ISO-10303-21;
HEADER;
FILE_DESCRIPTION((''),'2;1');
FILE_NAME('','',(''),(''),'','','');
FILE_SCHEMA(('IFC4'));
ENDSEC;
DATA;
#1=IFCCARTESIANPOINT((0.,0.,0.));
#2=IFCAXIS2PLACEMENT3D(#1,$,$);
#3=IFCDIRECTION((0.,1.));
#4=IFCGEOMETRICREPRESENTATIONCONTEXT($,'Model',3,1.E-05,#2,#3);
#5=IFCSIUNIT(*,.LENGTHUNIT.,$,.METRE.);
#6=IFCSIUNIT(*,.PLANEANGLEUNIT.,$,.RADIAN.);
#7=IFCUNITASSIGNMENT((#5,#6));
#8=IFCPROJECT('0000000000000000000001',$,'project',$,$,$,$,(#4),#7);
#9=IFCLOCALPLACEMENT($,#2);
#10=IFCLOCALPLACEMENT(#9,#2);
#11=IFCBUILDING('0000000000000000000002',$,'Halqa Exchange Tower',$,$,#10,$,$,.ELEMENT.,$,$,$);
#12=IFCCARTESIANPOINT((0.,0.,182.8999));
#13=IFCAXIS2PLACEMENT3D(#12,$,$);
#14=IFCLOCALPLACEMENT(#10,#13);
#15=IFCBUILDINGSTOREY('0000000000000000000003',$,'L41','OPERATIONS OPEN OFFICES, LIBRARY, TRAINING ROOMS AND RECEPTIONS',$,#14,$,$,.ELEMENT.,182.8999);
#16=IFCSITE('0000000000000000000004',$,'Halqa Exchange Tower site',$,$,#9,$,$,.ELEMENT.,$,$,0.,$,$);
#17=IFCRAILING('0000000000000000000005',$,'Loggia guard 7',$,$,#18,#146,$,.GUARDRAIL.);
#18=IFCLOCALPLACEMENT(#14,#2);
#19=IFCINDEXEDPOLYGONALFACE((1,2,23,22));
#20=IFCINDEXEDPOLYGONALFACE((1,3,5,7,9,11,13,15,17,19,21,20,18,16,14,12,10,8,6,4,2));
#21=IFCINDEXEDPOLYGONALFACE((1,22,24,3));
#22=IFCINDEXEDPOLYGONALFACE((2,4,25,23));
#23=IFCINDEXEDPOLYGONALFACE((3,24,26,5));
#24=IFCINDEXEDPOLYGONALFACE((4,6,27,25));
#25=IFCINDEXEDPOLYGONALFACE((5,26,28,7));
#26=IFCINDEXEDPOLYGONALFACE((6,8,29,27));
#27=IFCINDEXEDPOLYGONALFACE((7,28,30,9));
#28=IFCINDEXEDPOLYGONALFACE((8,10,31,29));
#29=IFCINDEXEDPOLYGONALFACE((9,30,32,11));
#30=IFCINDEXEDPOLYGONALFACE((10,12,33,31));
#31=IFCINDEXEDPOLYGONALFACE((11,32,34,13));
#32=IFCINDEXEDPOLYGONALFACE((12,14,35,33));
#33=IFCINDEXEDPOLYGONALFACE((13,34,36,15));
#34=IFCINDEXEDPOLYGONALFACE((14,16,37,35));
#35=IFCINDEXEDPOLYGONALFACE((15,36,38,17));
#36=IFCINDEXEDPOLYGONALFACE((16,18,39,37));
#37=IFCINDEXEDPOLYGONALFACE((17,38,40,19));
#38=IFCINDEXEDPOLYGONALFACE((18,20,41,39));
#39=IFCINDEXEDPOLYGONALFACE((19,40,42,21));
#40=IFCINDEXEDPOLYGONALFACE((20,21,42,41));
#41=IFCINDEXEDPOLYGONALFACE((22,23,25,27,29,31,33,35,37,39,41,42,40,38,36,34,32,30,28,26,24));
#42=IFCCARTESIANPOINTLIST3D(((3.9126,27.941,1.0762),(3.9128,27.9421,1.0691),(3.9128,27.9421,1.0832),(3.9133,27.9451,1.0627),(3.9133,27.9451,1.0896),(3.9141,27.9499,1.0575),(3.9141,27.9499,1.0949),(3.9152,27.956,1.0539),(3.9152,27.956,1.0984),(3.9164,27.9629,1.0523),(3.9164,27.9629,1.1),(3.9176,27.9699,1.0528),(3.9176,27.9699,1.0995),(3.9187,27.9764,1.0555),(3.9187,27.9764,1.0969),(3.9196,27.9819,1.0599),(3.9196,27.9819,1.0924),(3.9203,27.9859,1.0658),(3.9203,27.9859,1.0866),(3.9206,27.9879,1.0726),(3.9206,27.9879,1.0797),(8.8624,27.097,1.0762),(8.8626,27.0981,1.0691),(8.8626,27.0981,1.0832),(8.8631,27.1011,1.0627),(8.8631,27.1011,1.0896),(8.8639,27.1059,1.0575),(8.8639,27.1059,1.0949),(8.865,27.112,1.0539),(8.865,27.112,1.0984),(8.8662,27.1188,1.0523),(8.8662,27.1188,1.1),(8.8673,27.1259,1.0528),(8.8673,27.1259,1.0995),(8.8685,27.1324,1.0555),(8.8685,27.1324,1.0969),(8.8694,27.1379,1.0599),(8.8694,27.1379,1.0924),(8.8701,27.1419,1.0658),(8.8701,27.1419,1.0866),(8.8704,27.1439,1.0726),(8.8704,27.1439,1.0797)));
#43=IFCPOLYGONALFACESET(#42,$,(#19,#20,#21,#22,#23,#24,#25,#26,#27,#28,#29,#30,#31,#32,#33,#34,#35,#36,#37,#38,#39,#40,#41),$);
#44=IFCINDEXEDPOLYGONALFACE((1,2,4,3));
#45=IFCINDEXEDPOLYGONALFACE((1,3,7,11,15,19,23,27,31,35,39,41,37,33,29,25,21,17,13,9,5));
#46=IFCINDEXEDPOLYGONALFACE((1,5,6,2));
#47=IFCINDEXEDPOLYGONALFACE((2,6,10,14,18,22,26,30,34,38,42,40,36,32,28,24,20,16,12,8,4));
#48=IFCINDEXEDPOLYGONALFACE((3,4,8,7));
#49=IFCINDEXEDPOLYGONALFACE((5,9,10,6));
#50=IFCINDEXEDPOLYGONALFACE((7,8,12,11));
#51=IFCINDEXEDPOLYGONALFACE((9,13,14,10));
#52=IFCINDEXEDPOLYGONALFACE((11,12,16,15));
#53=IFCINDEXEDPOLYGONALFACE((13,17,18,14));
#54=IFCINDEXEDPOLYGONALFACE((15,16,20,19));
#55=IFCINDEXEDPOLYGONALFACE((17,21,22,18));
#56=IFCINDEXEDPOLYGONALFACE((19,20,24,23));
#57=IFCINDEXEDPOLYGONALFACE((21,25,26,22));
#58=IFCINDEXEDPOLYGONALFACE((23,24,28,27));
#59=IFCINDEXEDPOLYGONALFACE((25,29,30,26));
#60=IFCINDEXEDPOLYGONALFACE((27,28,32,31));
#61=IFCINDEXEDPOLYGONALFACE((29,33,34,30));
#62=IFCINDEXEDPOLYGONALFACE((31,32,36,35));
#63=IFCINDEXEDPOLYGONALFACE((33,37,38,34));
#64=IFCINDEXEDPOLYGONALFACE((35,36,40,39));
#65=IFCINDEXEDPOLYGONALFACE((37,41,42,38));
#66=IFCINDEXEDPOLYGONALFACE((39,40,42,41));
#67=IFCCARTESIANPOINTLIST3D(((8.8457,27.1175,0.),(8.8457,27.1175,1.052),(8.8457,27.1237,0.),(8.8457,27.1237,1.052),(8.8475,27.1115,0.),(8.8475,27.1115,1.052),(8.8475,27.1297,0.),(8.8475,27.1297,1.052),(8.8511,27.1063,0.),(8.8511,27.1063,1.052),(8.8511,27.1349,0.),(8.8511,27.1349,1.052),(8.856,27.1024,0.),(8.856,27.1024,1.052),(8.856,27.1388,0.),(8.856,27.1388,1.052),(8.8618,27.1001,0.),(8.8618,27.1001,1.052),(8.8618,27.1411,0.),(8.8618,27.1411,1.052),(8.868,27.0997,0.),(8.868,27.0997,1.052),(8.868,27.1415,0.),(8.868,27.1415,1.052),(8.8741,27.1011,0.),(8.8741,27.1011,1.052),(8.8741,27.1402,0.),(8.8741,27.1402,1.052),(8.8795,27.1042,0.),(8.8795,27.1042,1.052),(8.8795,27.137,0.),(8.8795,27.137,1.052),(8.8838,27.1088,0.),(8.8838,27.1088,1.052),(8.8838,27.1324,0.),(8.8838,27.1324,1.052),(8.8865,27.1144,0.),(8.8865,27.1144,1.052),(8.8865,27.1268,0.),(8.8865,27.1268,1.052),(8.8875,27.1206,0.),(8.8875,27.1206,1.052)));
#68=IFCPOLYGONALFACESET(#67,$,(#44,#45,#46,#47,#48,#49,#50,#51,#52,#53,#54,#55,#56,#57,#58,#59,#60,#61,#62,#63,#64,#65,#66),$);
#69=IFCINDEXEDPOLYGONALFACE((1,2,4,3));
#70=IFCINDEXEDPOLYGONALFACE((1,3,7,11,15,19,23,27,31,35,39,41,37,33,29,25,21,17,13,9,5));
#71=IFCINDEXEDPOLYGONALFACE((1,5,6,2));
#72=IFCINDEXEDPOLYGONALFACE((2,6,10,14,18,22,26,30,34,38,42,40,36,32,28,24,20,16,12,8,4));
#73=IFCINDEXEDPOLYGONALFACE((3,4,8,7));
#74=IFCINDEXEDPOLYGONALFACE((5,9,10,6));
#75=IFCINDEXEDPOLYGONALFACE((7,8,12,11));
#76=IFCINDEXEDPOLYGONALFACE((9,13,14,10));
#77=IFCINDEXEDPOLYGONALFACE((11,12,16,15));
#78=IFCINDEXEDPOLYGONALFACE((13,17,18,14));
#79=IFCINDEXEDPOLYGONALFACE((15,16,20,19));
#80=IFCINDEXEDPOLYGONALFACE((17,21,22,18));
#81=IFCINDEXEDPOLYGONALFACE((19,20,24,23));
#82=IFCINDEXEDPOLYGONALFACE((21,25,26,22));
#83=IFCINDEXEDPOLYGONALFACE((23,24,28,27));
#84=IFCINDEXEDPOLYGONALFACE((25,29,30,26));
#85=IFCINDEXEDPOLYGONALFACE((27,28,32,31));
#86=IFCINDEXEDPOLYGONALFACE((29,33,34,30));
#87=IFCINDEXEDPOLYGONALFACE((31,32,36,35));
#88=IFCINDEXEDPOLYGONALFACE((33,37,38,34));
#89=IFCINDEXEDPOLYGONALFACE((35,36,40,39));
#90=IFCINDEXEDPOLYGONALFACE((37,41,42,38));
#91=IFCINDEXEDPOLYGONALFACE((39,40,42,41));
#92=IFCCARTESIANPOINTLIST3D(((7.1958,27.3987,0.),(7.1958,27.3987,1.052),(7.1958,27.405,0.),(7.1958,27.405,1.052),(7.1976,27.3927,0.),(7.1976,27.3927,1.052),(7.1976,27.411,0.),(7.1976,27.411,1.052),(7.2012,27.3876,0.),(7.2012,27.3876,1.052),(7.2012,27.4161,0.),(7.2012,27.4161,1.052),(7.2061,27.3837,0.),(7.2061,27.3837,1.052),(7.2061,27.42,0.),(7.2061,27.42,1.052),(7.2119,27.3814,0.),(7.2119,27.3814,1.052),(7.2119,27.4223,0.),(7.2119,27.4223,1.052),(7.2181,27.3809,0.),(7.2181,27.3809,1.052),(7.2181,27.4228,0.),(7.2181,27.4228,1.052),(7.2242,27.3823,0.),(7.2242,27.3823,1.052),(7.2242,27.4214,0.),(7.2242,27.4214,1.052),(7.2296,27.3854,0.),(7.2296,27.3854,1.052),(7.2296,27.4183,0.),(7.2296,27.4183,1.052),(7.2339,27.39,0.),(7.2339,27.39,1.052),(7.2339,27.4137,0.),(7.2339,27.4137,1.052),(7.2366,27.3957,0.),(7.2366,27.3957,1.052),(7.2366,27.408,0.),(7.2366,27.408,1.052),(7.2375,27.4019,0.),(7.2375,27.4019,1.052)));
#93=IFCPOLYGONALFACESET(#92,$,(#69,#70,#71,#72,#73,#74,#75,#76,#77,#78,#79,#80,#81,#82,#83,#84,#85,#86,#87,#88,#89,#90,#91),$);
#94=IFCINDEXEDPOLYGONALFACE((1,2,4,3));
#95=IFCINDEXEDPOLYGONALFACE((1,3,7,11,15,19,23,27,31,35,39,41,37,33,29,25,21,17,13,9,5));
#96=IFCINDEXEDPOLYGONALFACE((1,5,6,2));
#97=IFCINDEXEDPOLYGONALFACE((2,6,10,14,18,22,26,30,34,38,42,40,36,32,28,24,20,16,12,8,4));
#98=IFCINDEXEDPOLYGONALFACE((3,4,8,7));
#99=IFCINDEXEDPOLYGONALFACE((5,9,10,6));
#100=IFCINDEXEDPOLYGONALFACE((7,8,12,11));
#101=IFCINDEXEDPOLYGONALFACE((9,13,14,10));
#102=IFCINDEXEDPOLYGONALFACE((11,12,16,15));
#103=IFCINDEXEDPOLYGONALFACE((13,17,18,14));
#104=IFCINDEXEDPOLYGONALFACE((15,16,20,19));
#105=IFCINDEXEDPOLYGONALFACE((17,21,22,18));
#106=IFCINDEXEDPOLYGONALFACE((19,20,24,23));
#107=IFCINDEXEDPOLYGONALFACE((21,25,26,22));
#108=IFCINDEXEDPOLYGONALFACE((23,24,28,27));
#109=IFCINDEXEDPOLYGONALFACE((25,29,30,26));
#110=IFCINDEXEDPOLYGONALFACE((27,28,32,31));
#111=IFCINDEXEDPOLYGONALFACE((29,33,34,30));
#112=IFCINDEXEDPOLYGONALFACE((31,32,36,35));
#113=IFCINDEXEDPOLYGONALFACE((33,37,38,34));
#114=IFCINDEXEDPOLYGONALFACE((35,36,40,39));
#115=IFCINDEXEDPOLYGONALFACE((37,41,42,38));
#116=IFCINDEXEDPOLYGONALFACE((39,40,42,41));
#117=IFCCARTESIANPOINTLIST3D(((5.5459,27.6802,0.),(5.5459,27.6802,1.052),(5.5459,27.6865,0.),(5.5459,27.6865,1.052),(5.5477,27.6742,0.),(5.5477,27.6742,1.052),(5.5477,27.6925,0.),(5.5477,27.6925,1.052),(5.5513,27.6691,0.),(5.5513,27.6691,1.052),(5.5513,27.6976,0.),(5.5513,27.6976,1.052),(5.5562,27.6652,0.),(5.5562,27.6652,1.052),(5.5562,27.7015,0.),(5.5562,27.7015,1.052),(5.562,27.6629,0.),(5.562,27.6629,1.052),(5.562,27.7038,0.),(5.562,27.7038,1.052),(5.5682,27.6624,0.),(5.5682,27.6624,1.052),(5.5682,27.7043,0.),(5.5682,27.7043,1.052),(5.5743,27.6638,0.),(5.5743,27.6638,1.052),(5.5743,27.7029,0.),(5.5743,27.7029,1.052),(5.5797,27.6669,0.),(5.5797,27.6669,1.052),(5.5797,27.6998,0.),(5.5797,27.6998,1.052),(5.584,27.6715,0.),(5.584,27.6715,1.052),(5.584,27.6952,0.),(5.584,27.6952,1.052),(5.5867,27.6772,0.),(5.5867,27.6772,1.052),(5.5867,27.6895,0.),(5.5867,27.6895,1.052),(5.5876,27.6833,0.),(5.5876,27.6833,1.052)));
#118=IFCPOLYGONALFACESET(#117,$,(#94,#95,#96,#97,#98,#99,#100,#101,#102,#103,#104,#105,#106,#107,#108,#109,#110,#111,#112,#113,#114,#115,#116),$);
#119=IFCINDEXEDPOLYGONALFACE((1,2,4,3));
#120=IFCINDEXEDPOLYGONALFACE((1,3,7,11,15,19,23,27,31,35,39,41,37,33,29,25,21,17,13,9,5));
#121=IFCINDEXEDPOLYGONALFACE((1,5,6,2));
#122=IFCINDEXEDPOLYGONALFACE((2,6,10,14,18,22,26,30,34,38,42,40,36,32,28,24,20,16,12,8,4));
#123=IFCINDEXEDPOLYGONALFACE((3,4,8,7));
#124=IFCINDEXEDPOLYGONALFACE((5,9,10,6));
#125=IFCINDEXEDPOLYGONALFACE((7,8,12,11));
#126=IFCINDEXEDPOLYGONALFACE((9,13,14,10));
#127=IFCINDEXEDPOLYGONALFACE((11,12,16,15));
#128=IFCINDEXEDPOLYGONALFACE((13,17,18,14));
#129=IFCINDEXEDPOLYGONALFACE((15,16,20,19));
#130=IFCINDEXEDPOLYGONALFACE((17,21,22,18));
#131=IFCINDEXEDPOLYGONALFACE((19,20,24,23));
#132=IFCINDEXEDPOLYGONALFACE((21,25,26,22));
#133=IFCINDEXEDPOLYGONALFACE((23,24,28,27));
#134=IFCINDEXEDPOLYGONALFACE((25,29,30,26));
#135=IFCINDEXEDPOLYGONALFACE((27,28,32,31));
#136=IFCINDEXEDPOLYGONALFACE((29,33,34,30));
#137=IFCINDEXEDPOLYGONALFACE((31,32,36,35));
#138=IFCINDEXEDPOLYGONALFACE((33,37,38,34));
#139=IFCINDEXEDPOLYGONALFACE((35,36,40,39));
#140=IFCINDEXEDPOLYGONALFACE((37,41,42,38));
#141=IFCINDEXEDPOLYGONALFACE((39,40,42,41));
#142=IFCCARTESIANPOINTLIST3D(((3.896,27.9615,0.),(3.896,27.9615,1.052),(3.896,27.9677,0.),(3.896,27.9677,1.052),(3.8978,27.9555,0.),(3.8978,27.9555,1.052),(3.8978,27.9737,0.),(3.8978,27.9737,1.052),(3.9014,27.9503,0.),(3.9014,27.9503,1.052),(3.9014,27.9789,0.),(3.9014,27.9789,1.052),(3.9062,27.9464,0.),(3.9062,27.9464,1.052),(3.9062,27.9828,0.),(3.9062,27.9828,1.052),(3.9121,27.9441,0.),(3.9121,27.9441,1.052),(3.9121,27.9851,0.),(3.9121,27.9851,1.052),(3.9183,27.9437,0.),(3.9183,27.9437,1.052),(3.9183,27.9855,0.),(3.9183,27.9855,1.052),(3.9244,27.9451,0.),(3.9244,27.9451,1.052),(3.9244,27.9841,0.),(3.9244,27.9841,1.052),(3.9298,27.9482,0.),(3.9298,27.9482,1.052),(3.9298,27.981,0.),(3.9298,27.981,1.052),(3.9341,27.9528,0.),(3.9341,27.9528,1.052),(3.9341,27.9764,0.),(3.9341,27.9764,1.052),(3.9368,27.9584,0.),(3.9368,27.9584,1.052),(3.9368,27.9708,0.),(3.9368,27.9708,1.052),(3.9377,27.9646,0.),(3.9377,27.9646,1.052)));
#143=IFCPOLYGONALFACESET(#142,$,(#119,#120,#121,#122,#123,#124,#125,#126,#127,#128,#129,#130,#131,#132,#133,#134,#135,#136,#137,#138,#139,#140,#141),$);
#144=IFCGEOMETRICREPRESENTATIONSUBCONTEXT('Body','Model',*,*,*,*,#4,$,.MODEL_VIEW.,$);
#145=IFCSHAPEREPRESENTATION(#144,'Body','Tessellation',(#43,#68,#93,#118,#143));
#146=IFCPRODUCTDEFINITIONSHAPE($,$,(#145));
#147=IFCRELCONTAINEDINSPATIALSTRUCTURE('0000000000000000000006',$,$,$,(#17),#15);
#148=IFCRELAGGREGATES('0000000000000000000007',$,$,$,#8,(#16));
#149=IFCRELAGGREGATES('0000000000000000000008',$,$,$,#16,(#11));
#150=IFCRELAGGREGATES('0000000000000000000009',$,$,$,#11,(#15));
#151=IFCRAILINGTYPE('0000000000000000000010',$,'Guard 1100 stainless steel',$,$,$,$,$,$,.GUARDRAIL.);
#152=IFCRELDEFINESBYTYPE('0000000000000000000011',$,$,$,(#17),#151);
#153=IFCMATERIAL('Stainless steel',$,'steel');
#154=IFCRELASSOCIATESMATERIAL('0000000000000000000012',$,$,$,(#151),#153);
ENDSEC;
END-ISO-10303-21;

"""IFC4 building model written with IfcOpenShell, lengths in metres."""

from ifc_helpers import new_model, si_unit, direction, frame, origin, origin_2d, place, context, subcontext, project, spatial, circle, extrude, material, type_object, element, save


model = new_model("IFC4")

# Units and contexts
model_context = context("Model", 3, precision=1e-05, world=origin(), true_north=direction((0.0, 1.0)))
body_context = subcontext(model_context, "Body", "Model", "MODEL_VIEW")
ifc_project = project(units=[si_unit("LENGTHUNIT", "METRE"), si_unit("PLANEANGLEUNIT", "RADIAN")], contexts=[model_context])

# Site, building, storey
site_placement = place(None, origin())
site = spatial("IfcSite", under=ifc_project, at=site_placement, Name="Halqa Exchange Tower site", CompositionType="ELEMENT", RefElevation=0.0)
building_placement = place(site_placement, origin())
building = spatial("IfcBuilding", under=site, at=building_placement, Name="Halqa Exchange Tower", CompositionType="ELEMENT")
storey_placement = place(building_placement, frame((0.0, 0.0, 182.8999)))
storey = spatial("IfcBuildingStorey", under=building, at=storey_placement, Name="L41", Description="OPERATIONS OPEN OFFICES, LIBRARY, TRAINING ROOMS AND RECEPTIONS", CompositionType="ELEMENT", Elevation=182.8999)

# Railing
ifc_material_1 = material(Name="Stainless steel", Category="steel")
railing_type_1 = type_object("IfcRailingType", Name="Guard 1100 stainless steel", PredefinedType="GUARDRAIL", material=ifc_material_1)
railing_1_placement = place(storey_placement, frame((8.8665, 27.1206, 0.0)))
element("IfcRailing", 1, at=railing_1_placement, inside=storey, type_object=railing_type_1, Name="Loggia guard 7", PredefinedType="GUARDRAIL", context=body_context, shape_type="SweptSolid", body=[
    extrude(circle(Radius=0.0239, at=origin_2d()), frame((0.0, 0.0, 1.0762), z_axis=(-0.985772, 0.168088, 0.0), x_axis=(-0.168088, -0.985772, 0.0)), (0.0, 0.0, 1.0), 5.0212),
    extrude(circle(Radius=0.021, at=origin_2d()), origin(), (0.0, 0.0, 1.0), 1.052),
    extrude(circle(Radius=0.021, at=origin_2d()), frame((-1.6499, 0.2812, 0.0)), (0.0, 0.0, 1.0), 1.052),
    extrude(circle(Radius=0.021, at=origin_2d()), frame((-3.2998, 0.5627, 0.0)), (0.0, 0.0, 1.0), 1.052),
    extrude(circle(Radius=0.021, at=origin_2d()), frame((-4.9497, 0.844, 0.0)), (0.0, 0.0, 1.0), 1.052),
])

save(model, "model.ifc")
